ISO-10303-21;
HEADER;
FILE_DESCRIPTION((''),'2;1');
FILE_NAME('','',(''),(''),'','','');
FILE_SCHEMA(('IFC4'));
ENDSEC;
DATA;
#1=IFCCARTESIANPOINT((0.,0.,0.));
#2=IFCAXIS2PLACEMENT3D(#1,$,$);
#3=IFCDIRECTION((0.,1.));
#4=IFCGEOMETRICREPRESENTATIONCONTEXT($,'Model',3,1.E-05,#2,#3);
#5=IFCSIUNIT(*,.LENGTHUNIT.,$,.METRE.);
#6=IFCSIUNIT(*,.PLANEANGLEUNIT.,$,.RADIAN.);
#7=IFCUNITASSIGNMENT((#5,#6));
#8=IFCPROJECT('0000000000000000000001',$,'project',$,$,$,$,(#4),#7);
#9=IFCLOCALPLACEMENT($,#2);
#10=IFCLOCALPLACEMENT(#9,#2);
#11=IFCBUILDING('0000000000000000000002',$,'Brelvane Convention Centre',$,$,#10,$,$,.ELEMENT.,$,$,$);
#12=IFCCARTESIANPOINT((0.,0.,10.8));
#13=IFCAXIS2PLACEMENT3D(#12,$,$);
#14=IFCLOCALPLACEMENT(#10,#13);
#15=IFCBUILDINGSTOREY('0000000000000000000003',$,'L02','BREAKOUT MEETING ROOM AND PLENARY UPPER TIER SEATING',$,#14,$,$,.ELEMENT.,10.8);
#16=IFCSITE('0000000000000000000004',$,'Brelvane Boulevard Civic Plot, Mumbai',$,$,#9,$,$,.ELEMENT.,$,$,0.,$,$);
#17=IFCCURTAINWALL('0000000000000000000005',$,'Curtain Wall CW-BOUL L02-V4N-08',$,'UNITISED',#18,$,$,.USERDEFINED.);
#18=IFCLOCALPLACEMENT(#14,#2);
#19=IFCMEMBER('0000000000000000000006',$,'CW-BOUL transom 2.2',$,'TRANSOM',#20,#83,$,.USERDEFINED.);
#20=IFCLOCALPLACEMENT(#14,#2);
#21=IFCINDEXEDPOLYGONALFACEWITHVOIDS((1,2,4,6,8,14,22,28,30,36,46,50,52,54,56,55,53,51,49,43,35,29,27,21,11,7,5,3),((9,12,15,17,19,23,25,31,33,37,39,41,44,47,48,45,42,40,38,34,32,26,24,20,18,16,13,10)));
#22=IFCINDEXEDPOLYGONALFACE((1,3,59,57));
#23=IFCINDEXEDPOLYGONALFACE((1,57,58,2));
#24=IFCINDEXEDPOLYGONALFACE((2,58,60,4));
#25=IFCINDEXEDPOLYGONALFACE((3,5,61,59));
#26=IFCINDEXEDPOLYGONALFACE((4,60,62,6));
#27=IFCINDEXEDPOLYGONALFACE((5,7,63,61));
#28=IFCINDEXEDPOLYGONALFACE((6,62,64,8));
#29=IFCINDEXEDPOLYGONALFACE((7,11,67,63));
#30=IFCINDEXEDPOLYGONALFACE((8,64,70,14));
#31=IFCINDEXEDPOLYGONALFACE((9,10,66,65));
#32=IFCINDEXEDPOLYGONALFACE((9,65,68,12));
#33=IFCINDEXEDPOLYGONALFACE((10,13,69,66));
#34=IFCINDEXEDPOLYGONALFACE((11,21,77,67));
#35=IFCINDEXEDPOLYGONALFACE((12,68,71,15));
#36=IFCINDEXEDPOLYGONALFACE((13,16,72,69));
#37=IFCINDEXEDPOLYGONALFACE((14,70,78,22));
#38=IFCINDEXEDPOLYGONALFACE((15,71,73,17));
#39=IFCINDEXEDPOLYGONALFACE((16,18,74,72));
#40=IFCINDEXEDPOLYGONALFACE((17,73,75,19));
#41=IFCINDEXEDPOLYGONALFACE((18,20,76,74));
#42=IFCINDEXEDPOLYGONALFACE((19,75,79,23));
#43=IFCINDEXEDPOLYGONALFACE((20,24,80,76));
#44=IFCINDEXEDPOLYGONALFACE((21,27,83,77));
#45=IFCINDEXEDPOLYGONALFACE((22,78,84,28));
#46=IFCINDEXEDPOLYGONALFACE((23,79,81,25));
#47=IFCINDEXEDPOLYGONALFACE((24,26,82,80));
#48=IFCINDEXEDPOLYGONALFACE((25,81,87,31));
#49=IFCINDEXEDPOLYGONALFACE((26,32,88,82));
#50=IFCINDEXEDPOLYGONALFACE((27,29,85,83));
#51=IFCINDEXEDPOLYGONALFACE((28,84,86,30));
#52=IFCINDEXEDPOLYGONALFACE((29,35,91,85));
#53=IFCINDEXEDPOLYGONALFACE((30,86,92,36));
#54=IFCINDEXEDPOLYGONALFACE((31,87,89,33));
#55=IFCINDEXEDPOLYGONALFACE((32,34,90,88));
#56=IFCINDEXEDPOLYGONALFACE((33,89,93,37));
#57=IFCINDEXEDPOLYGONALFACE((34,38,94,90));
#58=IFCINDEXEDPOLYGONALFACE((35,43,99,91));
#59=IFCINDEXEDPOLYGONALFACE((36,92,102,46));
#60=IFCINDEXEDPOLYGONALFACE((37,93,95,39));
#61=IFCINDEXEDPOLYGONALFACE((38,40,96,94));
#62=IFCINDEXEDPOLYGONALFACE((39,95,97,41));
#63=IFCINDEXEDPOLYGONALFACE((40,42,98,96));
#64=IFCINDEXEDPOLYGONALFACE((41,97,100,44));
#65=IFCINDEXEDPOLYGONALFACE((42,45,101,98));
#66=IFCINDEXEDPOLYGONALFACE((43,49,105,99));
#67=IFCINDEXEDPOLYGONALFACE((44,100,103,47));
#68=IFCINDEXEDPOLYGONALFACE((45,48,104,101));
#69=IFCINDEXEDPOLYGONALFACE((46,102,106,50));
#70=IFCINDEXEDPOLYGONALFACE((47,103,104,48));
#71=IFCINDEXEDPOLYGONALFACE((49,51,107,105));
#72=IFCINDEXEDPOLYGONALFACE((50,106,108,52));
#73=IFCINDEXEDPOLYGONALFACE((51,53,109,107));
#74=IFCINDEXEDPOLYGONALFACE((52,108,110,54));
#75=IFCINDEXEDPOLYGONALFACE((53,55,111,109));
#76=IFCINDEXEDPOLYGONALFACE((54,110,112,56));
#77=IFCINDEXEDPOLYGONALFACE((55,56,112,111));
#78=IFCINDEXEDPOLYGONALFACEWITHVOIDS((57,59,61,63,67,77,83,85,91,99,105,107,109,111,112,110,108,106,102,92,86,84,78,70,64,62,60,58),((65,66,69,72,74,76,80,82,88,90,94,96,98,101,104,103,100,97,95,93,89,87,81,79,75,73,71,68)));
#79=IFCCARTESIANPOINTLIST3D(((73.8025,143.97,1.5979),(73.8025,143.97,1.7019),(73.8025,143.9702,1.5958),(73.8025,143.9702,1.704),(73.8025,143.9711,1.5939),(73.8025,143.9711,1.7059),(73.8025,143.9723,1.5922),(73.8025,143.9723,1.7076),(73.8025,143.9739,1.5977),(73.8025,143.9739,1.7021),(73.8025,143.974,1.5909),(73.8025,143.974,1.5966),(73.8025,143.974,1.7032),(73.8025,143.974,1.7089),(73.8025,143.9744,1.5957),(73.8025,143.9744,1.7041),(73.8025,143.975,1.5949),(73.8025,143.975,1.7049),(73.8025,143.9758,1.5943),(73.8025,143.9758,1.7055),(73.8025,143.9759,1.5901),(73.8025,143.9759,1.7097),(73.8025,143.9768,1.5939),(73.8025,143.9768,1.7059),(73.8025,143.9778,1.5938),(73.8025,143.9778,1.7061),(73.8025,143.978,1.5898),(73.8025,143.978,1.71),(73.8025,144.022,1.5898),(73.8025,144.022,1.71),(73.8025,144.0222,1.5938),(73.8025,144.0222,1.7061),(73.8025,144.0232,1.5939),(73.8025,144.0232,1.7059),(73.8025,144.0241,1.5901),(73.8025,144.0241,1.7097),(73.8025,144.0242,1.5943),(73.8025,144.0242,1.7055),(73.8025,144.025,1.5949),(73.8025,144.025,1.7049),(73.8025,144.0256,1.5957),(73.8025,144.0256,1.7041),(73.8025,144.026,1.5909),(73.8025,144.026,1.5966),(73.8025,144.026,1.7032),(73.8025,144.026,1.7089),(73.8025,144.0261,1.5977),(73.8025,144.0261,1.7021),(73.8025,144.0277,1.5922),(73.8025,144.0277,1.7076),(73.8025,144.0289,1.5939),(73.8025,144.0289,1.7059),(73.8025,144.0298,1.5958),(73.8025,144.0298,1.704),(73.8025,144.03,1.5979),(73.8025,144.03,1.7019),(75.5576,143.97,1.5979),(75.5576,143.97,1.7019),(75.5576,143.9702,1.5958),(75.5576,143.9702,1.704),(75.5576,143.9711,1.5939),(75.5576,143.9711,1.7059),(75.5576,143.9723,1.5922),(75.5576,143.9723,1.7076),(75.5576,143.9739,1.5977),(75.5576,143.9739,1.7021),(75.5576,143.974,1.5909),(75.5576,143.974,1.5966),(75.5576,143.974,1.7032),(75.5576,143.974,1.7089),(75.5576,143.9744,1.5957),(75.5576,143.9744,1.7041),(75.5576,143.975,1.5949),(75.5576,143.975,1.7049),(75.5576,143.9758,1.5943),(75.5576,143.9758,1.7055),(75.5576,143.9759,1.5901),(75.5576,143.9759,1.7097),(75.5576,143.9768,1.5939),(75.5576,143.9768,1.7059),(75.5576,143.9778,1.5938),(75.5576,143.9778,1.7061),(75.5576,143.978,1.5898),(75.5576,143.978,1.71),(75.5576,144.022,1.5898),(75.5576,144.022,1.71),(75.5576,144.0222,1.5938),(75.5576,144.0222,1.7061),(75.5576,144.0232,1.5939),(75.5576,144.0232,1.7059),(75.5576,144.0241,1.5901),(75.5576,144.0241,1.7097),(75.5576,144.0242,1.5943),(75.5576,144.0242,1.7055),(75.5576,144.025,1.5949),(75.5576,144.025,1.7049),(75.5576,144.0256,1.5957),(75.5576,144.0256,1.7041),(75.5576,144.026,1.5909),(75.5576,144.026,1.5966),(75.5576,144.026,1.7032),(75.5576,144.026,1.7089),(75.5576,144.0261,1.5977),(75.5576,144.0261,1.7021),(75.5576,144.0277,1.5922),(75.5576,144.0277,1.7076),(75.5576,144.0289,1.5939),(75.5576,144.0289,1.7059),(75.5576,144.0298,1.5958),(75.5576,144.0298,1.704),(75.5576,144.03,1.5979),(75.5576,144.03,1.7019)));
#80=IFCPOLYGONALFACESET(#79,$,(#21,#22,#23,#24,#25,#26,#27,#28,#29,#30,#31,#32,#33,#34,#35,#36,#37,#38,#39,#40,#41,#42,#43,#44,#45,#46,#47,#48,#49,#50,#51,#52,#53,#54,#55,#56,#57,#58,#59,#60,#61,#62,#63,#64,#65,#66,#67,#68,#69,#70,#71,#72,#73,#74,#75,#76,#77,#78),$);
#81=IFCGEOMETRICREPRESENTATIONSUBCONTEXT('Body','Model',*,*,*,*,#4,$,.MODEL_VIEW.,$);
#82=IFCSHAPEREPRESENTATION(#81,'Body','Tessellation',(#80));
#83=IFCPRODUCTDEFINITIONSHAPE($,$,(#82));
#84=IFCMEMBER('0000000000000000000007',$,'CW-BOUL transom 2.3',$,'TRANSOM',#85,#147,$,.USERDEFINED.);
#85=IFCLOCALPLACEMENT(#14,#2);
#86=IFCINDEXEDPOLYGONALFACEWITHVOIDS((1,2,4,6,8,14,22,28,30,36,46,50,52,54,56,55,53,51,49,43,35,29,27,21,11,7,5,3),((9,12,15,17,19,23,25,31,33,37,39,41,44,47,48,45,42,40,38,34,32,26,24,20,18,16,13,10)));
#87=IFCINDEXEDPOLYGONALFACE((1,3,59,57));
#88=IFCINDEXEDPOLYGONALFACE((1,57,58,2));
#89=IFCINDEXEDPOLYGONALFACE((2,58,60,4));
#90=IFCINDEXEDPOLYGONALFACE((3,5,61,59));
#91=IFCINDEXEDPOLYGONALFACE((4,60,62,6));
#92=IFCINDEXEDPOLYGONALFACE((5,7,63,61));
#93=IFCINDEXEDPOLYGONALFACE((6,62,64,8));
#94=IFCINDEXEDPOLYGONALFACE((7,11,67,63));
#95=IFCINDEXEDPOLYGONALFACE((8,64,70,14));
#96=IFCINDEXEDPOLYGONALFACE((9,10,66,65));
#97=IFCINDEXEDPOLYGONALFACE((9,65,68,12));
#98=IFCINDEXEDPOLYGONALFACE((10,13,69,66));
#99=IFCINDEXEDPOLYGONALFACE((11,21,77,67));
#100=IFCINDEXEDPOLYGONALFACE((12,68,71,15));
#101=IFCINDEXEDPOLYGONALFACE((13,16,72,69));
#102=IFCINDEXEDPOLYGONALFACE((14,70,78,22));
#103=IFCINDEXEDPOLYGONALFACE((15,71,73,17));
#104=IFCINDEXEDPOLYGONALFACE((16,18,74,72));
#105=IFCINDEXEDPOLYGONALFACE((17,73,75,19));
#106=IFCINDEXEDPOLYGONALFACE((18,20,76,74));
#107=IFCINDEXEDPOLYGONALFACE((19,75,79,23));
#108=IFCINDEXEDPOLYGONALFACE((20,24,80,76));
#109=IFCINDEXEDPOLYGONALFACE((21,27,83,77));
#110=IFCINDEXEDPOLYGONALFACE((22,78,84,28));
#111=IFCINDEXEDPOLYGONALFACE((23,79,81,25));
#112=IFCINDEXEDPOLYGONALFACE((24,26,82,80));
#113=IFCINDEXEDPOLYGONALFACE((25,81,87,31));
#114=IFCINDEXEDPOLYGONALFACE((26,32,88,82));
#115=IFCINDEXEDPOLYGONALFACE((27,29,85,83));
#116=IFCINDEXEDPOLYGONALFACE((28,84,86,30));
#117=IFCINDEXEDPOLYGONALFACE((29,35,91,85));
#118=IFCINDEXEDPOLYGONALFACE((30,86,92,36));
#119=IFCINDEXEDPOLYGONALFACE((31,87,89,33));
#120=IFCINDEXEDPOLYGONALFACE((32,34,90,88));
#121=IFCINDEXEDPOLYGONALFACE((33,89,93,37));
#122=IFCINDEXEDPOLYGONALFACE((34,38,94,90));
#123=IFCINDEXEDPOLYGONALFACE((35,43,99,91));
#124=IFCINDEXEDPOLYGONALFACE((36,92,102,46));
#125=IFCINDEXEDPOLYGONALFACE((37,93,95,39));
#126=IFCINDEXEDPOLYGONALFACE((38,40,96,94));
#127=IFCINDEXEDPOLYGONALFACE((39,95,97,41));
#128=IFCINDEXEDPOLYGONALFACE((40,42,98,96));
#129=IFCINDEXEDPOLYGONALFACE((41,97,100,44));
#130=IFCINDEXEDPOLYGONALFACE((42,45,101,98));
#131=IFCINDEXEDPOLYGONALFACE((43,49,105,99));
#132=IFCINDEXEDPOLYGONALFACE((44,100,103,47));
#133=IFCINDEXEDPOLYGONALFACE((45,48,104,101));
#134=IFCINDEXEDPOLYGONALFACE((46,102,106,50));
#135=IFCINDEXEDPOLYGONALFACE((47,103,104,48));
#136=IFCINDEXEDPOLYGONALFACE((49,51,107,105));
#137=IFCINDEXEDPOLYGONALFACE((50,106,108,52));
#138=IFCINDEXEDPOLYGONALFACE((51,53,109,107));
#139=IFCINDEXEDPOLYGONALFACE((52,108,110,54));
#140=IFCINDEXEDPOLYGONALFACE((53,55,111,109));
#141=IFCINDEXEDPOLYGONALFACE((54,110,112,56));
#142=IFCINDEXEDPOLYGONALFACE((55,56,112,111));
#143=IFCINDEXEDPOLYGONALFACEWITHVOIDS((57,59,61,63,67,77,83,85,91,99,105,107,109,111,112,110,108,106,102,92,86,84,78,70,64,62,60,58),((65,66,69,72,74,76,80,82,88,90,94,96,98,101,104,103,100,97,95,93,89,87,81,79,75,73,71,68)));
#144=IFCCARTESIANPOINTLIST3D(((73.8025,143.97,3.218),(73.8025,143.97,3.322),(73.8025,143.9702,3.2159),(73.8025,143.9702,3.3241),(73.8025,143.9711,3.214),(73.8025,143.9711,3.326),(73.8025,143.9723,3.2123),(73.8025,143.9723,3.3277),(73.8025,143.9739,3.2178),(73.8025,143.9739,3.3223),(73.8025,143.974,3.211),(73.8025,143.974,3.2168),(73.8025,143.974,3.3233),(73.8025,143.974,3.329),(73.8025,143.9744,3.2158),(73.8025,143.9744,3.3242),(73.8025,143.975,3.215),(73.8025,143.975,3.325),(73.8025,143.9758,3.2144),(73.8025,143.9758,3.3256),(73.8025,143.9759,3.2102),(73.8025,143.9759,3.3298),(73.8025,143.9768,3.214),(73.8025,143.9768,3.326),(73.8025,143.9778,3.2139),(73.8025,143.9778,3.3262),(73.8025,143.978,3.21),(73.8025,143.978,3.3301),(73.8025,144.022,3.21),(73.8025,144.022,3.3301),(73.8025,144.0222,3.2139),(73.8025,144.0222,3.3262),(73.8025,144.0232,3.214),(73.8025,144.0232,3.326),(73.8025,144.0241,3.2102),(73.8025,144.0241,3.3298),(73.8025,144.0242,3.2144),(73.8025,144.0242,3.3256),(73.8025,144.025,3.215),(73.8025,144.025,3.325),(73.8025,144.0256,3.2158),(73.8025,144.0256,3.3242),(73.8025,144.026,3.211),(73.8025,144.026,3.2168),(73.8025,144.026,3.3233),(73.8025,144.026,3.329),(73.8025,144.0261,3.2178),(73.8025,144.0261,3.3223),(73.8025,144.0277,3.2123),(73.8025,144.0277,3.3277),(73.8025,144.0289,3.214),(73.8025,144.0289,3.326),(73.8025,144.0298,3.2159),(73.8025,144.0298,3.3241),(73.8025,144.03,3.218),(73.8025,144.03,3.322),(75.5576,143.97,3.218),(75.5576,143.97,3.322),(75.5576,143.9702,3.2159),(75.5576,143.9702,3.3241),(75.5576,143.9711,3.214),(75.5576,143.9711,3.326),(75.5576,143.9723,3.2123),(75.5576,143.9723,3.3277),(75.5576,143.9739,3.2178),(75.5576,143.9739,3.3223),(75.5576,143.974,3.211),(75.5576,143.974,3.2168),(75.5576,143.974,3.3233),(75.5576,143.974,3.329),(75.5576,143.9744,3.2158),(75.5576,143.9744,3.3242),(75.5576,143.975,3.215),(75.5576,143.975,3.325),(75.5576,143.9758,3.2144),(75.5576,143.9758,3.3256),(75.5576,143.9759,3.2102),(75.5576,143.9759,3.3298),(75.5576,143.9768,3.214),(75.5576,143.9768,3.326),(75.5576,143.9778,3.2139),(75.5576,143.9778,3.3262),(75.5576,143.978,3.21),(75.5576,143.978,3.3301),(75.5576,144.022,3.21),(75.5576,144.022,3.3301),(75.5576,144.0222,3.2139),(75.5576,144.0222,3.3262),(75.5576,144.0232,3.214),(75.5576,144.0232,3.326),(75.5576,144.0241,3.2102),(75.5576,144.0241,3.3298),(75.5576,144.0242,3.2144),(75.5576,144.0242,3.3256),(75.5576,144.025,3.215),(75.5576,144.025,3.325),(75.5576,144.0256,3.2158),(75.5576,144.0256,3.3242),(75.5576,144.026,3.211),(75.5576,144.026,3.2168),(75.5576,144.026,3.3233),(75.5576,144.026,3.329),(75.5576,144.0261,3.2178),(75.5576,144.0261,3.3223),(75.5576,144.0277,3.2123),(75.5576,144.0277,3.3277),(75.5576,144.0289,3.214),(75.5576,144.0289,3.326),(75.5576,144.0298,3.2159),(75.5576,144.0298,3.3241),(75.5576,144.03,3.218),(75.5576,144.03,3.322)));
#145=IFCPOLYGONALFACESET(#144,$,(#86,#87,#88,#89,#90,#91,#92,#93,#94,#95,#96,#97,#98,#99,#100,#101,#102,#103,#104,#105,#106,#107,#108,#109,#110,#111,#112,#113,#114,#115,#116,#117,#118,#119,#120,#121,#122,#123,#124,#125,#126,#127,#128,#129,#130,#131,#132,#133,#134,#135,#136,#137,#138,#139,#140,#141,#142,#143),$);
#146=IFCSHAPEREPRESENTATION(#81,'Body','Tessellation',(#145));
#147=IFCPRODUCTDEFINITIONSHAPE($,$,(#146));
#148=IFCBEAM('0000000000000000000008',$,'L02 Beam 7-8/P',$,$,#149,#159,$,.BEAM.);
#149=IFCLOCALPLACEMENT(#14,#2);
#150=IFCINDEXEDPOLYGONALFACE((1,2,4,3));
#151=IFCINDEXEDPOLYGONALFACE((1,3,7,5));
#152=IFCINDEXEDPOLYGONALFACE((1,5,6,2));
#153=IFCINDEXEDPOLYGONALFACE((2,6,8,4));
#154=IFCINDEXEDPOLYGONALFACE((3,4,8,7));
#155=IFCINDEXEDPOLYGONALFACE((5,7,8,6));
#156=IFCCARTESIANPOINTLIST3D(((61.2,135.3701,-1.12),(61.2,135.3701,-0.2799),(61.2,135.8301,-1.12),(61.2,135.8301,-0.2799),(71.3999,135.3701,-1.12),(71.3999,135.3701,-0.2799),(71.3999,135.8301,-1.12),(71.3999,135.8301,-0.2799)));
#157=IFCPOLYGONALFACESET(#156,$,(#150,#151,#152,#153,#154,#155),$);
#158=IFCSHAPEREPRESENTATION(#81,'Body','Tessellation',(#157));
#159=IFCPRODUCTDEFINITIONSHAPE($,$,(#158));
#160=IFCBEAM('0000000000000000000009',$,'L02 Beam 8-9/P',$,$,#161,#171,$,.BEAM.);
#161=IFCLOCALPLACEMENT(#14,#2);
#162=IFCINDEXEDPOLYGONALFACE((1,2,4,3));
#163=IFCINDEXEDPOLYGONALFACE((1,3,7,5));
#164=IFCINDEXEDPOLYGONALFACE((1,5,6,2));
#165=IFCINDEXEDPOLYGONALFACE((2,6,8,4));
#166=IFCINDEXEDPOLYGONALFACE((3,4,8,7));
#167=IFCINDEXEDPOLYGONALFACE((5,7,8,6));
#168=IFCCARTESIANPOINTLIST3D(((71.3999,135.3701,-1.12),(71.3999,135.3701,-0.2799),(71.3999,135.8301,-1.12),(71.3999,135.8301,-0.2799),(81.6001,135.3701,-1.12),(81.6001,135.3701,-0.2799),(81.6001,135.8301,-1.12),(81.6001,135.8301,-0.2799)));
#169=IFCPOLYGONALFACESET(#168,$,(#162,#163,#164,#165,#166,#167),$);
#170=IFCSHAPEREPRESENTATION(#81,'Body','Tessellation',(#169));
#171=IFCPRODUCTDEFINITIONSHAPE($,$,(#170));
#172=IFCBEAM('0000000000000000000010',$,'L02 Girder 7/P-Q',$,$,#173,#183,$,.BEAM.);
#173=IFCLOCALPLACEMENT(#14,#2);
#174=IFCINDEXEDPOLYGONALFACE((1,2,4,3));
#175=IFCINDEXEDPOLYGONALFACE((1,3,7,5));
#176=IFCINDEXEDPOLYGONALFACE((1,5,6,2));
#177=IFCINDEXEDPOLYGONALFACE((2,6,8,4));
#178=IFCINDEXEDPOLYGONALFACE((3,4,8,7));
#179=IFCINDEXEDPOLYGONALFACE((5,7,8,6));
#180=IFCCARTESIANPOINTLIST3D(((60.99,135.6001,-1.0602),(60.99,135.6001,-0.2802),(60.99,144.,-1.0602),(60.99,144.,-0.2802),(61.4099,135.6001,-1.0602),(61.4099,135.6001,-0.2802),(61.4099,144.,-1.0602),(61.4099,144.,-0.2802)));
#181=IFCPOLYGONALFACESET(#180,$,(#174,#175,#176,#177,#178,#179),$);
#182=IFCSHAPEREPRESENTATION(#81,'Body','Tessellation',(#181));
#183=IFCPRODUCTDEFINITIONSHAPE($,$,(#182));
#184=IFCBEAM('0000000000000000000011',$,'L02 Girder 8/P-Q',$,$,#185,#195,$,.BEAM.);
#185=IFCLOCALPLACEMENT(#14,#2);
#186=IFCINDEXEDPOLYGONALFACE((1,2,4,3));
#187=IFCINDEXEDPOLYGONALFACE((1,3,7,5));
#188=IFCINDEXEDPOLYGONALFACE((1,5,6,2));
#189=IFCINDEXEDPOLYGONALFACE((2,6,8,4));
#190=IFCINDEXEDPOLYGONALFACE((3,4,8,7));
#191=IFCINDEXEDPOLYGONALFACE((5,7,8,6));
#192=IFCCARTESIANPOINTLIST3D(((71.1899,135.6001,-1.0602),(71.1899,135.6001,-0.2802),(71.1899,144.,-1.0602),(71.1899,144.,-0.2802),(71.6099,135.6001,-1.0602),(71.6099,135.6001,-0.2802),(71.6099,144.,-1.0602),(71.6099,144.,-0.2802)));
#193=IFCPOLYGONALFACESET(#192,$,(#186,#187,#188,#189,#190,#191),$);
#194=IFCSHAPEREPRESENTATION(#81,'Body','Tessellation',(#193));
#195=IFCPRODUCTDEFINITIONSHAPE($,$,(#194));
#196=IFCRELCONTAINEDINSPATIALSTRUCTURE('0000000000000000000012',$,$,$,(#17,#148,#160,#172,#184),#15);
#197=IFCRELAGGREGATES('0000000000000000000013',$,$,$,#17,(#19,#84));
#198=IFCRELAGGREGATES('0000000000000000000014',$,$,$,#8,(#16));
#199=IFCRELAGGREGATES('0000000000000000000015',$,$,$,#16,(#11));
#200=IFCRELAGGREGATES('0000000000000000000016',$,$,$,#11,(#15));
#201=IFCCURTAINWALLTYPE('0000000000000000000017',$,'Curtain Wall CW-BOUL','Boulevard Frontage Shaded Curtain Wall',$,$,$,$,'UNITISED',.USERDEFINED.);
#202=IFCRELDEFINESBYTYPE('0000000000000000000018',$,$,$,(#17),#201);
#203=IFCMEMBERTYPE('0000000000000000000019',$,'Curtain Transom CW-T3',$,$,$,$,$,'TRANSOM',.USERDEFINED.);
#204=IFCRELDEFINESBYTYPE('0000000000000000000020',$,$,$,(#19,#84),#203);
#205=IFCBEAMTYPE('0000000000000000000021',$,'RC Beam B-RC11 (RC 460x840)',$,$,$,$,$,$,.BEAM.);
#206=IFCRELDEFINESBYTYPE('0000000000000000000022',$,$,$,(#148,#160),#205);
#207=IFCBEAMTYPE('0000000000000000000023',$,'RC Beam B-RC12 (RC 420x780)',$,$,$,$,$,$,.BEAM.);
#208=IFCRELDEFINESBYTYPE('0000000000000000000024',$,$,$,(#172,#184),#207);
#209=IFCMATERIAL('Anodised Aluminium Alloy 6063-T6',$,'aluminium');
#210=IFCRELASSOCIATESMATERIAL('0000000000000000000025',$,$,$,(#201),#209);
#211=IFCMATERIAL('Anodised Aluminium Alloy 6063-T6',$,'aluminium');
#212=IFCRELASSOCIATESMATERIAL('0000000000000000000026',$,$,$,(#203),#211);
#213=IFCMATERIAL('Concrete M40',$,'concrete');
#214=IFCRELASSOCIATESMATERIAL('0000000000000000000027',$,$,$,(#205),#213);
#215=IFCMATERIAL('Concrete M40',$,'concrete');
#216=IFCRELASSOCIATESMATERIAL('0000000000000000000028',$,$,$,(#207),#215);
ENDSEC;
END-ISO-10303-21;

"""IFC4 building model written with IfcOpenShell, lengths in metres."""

from ifc_helpers import new_model, si_unit, direction, frame, origin, origin_2d, place, context, subcontext, project, spatial, rectangle, hollow_rectangle, extrude, material, material_profile, profile_set, type_object, element, aggregate, save


model = new_model("IFC4")

# Units and contexts
model_context = context("Model", 3, precision=1e-05, world=origin(), true_north=direction((0.0, 1.0)))
body_context = subcontext(model_context, "Body", "Model", "MODEL_VIEW")
ifc_project = project(units=[si_unit("LENGTHUNIT", "METRE"), si_unit("PLANEANGLEUNIT", "RADIAN")], contexts=[model_context])

# Site, building, storey
site_placement = place(None, origin())
site = spatial("IfcSite", under=ifc_project, at=site_placement, Name="Brelvane Boulevard Civic Plot, Mumbai", CompositionType="ELEMENT", RefElevation=0.0)
building_placement = place(site_placement, origin())
building = spatial("IfcBuilding", under=site, at=building_placement, Name="Brelvane Convention Centre", CompositionType="ELEMENT")
storey_placement = place(building_placement, frame((0.0, 0.0, 10.8)))
storey = spatial("IfcBuildingStorey", under=building, at=storey_placement, Name="L02", Description="BREAKOUT MEETING ROOM AND PLENARY UPPER TIER SEATING", CompositionType="ELEMENT", Elevation=10.8)

# Shared definitions
ifc_material_1 = material(Name="Anodised Aluminium Alloy 6063-T6", Category="aluminium")
curtain_wall_type = type_object("IfcCurtainWallType", Name="Curtain Wall CW-BOUL", Description="Boulevard Frontage Shaded Curtain Wall", ElementType="UNITISED", PredefinedType="USERDEFINED", material=ifc_material_1)

# Curtain wall
curtain_wall_1_placement = place(storey_placement, origin())
curtain_wall_1 = element("IfcCurtainWall", 1, at=curtain_wall_1_placement, inside=storey, type_object=curtain_wall_type, Name="Curtain Wall CW-BOUL L02-V4N-08", ObjectType="UNITISED", PredefinedType="USERDEFINED")

# Members
ifc_material_2 = material(Name="Anodised Aluminium Alloy 6063-T6", Category="aluminium")
ifc_material_profile_1 = material_profile(ifc_material_2, hollow_rectangle(XDim=0.0601, YDim=0.1201, WallThickness=0.0039, InnerFilletRadius=0.0039, OuterFilletRadius=0.0081, at=origin_2d()), Name="ALU-T 120x60x4.0")
ifc_profile_set_1 = profile_set([ifc_material_profile_1], Name="Anodised Aluminium Alloy 6063-T6")
member_type_1 = type_object("IfcMemberType", Name="Curtain Transom CW-T3", ElementType="TRANSOM", PredefinedType="USERDEFINED", material=ifc_profile_set_1)
member_1_placement = place(storey_placement, frame((73.8025, 144.0, 1.6499), z_axis=(1.0, 0.0, 0.0), x_axis=(0.0, 1.0, 0.0)))
member_1 = element("IfcMember", 2, at=member_1_placement, type_object=member_type_1, Name="CW-BOUL transom 2.2", ObjectType="TRANSOM", PredefinedType="USERDEFINED", context=body_context, shape_type="SweptSolid", body=[
    extrude(hollow_rectangle(XDim=0.0601, YDim=0.1201, WallThickness=0.0039, InnerFilletRadius=0.0039, OuterFilletRadius=0.0081, at=origin_2d()), origin(), (0.0, 0.0, 1.0), 1.7551),
])
member_2_placement = place(storey_placement, frame((73.8025, 144.0, 3.27), z_axis=(1.0, 0.0, 0.0), x_axis=(0.0, 1.0, 0.0)))
member_2 = element("IfcMember", 3, at=member_2_placement, type_object=member_type_1, Name="CW-BOUL transom 2.3", ObjectType="TRANSOM", PredefinedType="USERDEFINED", context=body_context, shape_type="SweptSolid", body=[
    extrude(hollow_rectangle(XDim=0.0601, YDim=0.1201, WallThickness=0.0039, InnerFilletRadius=0.0039, OuterFilletRadius=0.0081, at=origin_2d()), origin(), (0.0, 0.0, 1.0), 1.7551),
])

# Beams
ifc_material_3 = material(Name="Concrete M40", Category="concrete")
ifc_material_profile_2 = material_profile(ifc_material_3, rectangle(XDim=0.46, YDim=0.8401, at=origin_2d()), Name="RC 460x840")
ifc_profile_set_2 = profile_set([ifc_material_profile_2], Name="Concrete M40")
beam_type_1 = type_object("IfcBeamType", Name="RC Beam B-RC11 (RC 460x840)", PredefinedType="BEAM", material=ifc_profile_set_2)
beam_1_placement = place(storey_placement, frame((61.2, 135.6001, -0.7), z_axis=(1.0, 0.0, 0.0), x_axis=(0.0, 1.0, 0.0)))
element("IfcBeam", 4, at=beam_1_placement, inside=storey, type_object=beam_type_1, Name="L02 Beam 7-8/P", PredefinedType="BEAM", context=body_context, shape_type="SweptSolid", body=[
    extrude(rectangle(XDim=0.46, YDim=0.8401, at=origin_2d()), origin(), (0.0, 0.0, 1.0), 10.2),
])
beam_2_placement = place(storey_placement, frame((71.3999, 135.6001, -0.7), z_axis=(1.0, 0.0, 0.0), x_axis=(0.0, 1.0, 0.0)))
element("IfcBeam", 5, at=beam_2_placement, inside=storey, type_object=beam_type_1, Name="L02 Beam 8-9/P", PredefinedType="BEAM", context=body_context, shape_type="SweptSolid", body=[
    extrude(rectangle(XDim=0.46, YDim=0.8401, at=origin_2d()), origin(), (0.0, 0.0, 1.0), 10.2002),
])
ifc_material_4 = material(Name="Concrete M40", Category="concrete")
ifc_material_profile_3 = material_profile(ifc_material_4, rectangle(XDim=0.4199, YDim=0.78, at=origin_2d()), Name="RC 420x780")
ifc_profile_set_3 = profile_set([ifc_material_profile_3], Name="Concrete M40")
beam_type_2 = type_object("IfcBeamType", Name="RC Beam B-RC12 (RC 420x780)", PredefinedType="BEAM", material=ifc_profile_set_3)
for number, where, z_axis, x_axis, name in (
    (6, (61.2, 135.6001, -0.6702), (0.0, 1.0, 0.0), (-1.0, 0.0, 0.0), "L02 Girder 7/P-Q"),
    (7, (71.3999, 135.6001, -0.6702), (0.0, 1.0, 0.0), (-1.0, 0.0, 0.0), "L02 Girder 8/P-Q"),
):
    element("IfcBeam", number, at=place(storey_placement, frame(where, z_axis=z_axis, x_axis=x_axis)), inside=storey, type_object=beam_type_2, Name=name, PredefinedType="BEAM", context=body_context, shape_type="SweptSolid", body=[
        extrude(rectangle(XDim=0.4199, YDim=0.78, at=origin_2d()), origin(), (0.0, 0.0, 1.0), 8.3999),
    ])

aggregate(curtain_wall_1, [member_1, member_2])

save(model, "model.ifc")
